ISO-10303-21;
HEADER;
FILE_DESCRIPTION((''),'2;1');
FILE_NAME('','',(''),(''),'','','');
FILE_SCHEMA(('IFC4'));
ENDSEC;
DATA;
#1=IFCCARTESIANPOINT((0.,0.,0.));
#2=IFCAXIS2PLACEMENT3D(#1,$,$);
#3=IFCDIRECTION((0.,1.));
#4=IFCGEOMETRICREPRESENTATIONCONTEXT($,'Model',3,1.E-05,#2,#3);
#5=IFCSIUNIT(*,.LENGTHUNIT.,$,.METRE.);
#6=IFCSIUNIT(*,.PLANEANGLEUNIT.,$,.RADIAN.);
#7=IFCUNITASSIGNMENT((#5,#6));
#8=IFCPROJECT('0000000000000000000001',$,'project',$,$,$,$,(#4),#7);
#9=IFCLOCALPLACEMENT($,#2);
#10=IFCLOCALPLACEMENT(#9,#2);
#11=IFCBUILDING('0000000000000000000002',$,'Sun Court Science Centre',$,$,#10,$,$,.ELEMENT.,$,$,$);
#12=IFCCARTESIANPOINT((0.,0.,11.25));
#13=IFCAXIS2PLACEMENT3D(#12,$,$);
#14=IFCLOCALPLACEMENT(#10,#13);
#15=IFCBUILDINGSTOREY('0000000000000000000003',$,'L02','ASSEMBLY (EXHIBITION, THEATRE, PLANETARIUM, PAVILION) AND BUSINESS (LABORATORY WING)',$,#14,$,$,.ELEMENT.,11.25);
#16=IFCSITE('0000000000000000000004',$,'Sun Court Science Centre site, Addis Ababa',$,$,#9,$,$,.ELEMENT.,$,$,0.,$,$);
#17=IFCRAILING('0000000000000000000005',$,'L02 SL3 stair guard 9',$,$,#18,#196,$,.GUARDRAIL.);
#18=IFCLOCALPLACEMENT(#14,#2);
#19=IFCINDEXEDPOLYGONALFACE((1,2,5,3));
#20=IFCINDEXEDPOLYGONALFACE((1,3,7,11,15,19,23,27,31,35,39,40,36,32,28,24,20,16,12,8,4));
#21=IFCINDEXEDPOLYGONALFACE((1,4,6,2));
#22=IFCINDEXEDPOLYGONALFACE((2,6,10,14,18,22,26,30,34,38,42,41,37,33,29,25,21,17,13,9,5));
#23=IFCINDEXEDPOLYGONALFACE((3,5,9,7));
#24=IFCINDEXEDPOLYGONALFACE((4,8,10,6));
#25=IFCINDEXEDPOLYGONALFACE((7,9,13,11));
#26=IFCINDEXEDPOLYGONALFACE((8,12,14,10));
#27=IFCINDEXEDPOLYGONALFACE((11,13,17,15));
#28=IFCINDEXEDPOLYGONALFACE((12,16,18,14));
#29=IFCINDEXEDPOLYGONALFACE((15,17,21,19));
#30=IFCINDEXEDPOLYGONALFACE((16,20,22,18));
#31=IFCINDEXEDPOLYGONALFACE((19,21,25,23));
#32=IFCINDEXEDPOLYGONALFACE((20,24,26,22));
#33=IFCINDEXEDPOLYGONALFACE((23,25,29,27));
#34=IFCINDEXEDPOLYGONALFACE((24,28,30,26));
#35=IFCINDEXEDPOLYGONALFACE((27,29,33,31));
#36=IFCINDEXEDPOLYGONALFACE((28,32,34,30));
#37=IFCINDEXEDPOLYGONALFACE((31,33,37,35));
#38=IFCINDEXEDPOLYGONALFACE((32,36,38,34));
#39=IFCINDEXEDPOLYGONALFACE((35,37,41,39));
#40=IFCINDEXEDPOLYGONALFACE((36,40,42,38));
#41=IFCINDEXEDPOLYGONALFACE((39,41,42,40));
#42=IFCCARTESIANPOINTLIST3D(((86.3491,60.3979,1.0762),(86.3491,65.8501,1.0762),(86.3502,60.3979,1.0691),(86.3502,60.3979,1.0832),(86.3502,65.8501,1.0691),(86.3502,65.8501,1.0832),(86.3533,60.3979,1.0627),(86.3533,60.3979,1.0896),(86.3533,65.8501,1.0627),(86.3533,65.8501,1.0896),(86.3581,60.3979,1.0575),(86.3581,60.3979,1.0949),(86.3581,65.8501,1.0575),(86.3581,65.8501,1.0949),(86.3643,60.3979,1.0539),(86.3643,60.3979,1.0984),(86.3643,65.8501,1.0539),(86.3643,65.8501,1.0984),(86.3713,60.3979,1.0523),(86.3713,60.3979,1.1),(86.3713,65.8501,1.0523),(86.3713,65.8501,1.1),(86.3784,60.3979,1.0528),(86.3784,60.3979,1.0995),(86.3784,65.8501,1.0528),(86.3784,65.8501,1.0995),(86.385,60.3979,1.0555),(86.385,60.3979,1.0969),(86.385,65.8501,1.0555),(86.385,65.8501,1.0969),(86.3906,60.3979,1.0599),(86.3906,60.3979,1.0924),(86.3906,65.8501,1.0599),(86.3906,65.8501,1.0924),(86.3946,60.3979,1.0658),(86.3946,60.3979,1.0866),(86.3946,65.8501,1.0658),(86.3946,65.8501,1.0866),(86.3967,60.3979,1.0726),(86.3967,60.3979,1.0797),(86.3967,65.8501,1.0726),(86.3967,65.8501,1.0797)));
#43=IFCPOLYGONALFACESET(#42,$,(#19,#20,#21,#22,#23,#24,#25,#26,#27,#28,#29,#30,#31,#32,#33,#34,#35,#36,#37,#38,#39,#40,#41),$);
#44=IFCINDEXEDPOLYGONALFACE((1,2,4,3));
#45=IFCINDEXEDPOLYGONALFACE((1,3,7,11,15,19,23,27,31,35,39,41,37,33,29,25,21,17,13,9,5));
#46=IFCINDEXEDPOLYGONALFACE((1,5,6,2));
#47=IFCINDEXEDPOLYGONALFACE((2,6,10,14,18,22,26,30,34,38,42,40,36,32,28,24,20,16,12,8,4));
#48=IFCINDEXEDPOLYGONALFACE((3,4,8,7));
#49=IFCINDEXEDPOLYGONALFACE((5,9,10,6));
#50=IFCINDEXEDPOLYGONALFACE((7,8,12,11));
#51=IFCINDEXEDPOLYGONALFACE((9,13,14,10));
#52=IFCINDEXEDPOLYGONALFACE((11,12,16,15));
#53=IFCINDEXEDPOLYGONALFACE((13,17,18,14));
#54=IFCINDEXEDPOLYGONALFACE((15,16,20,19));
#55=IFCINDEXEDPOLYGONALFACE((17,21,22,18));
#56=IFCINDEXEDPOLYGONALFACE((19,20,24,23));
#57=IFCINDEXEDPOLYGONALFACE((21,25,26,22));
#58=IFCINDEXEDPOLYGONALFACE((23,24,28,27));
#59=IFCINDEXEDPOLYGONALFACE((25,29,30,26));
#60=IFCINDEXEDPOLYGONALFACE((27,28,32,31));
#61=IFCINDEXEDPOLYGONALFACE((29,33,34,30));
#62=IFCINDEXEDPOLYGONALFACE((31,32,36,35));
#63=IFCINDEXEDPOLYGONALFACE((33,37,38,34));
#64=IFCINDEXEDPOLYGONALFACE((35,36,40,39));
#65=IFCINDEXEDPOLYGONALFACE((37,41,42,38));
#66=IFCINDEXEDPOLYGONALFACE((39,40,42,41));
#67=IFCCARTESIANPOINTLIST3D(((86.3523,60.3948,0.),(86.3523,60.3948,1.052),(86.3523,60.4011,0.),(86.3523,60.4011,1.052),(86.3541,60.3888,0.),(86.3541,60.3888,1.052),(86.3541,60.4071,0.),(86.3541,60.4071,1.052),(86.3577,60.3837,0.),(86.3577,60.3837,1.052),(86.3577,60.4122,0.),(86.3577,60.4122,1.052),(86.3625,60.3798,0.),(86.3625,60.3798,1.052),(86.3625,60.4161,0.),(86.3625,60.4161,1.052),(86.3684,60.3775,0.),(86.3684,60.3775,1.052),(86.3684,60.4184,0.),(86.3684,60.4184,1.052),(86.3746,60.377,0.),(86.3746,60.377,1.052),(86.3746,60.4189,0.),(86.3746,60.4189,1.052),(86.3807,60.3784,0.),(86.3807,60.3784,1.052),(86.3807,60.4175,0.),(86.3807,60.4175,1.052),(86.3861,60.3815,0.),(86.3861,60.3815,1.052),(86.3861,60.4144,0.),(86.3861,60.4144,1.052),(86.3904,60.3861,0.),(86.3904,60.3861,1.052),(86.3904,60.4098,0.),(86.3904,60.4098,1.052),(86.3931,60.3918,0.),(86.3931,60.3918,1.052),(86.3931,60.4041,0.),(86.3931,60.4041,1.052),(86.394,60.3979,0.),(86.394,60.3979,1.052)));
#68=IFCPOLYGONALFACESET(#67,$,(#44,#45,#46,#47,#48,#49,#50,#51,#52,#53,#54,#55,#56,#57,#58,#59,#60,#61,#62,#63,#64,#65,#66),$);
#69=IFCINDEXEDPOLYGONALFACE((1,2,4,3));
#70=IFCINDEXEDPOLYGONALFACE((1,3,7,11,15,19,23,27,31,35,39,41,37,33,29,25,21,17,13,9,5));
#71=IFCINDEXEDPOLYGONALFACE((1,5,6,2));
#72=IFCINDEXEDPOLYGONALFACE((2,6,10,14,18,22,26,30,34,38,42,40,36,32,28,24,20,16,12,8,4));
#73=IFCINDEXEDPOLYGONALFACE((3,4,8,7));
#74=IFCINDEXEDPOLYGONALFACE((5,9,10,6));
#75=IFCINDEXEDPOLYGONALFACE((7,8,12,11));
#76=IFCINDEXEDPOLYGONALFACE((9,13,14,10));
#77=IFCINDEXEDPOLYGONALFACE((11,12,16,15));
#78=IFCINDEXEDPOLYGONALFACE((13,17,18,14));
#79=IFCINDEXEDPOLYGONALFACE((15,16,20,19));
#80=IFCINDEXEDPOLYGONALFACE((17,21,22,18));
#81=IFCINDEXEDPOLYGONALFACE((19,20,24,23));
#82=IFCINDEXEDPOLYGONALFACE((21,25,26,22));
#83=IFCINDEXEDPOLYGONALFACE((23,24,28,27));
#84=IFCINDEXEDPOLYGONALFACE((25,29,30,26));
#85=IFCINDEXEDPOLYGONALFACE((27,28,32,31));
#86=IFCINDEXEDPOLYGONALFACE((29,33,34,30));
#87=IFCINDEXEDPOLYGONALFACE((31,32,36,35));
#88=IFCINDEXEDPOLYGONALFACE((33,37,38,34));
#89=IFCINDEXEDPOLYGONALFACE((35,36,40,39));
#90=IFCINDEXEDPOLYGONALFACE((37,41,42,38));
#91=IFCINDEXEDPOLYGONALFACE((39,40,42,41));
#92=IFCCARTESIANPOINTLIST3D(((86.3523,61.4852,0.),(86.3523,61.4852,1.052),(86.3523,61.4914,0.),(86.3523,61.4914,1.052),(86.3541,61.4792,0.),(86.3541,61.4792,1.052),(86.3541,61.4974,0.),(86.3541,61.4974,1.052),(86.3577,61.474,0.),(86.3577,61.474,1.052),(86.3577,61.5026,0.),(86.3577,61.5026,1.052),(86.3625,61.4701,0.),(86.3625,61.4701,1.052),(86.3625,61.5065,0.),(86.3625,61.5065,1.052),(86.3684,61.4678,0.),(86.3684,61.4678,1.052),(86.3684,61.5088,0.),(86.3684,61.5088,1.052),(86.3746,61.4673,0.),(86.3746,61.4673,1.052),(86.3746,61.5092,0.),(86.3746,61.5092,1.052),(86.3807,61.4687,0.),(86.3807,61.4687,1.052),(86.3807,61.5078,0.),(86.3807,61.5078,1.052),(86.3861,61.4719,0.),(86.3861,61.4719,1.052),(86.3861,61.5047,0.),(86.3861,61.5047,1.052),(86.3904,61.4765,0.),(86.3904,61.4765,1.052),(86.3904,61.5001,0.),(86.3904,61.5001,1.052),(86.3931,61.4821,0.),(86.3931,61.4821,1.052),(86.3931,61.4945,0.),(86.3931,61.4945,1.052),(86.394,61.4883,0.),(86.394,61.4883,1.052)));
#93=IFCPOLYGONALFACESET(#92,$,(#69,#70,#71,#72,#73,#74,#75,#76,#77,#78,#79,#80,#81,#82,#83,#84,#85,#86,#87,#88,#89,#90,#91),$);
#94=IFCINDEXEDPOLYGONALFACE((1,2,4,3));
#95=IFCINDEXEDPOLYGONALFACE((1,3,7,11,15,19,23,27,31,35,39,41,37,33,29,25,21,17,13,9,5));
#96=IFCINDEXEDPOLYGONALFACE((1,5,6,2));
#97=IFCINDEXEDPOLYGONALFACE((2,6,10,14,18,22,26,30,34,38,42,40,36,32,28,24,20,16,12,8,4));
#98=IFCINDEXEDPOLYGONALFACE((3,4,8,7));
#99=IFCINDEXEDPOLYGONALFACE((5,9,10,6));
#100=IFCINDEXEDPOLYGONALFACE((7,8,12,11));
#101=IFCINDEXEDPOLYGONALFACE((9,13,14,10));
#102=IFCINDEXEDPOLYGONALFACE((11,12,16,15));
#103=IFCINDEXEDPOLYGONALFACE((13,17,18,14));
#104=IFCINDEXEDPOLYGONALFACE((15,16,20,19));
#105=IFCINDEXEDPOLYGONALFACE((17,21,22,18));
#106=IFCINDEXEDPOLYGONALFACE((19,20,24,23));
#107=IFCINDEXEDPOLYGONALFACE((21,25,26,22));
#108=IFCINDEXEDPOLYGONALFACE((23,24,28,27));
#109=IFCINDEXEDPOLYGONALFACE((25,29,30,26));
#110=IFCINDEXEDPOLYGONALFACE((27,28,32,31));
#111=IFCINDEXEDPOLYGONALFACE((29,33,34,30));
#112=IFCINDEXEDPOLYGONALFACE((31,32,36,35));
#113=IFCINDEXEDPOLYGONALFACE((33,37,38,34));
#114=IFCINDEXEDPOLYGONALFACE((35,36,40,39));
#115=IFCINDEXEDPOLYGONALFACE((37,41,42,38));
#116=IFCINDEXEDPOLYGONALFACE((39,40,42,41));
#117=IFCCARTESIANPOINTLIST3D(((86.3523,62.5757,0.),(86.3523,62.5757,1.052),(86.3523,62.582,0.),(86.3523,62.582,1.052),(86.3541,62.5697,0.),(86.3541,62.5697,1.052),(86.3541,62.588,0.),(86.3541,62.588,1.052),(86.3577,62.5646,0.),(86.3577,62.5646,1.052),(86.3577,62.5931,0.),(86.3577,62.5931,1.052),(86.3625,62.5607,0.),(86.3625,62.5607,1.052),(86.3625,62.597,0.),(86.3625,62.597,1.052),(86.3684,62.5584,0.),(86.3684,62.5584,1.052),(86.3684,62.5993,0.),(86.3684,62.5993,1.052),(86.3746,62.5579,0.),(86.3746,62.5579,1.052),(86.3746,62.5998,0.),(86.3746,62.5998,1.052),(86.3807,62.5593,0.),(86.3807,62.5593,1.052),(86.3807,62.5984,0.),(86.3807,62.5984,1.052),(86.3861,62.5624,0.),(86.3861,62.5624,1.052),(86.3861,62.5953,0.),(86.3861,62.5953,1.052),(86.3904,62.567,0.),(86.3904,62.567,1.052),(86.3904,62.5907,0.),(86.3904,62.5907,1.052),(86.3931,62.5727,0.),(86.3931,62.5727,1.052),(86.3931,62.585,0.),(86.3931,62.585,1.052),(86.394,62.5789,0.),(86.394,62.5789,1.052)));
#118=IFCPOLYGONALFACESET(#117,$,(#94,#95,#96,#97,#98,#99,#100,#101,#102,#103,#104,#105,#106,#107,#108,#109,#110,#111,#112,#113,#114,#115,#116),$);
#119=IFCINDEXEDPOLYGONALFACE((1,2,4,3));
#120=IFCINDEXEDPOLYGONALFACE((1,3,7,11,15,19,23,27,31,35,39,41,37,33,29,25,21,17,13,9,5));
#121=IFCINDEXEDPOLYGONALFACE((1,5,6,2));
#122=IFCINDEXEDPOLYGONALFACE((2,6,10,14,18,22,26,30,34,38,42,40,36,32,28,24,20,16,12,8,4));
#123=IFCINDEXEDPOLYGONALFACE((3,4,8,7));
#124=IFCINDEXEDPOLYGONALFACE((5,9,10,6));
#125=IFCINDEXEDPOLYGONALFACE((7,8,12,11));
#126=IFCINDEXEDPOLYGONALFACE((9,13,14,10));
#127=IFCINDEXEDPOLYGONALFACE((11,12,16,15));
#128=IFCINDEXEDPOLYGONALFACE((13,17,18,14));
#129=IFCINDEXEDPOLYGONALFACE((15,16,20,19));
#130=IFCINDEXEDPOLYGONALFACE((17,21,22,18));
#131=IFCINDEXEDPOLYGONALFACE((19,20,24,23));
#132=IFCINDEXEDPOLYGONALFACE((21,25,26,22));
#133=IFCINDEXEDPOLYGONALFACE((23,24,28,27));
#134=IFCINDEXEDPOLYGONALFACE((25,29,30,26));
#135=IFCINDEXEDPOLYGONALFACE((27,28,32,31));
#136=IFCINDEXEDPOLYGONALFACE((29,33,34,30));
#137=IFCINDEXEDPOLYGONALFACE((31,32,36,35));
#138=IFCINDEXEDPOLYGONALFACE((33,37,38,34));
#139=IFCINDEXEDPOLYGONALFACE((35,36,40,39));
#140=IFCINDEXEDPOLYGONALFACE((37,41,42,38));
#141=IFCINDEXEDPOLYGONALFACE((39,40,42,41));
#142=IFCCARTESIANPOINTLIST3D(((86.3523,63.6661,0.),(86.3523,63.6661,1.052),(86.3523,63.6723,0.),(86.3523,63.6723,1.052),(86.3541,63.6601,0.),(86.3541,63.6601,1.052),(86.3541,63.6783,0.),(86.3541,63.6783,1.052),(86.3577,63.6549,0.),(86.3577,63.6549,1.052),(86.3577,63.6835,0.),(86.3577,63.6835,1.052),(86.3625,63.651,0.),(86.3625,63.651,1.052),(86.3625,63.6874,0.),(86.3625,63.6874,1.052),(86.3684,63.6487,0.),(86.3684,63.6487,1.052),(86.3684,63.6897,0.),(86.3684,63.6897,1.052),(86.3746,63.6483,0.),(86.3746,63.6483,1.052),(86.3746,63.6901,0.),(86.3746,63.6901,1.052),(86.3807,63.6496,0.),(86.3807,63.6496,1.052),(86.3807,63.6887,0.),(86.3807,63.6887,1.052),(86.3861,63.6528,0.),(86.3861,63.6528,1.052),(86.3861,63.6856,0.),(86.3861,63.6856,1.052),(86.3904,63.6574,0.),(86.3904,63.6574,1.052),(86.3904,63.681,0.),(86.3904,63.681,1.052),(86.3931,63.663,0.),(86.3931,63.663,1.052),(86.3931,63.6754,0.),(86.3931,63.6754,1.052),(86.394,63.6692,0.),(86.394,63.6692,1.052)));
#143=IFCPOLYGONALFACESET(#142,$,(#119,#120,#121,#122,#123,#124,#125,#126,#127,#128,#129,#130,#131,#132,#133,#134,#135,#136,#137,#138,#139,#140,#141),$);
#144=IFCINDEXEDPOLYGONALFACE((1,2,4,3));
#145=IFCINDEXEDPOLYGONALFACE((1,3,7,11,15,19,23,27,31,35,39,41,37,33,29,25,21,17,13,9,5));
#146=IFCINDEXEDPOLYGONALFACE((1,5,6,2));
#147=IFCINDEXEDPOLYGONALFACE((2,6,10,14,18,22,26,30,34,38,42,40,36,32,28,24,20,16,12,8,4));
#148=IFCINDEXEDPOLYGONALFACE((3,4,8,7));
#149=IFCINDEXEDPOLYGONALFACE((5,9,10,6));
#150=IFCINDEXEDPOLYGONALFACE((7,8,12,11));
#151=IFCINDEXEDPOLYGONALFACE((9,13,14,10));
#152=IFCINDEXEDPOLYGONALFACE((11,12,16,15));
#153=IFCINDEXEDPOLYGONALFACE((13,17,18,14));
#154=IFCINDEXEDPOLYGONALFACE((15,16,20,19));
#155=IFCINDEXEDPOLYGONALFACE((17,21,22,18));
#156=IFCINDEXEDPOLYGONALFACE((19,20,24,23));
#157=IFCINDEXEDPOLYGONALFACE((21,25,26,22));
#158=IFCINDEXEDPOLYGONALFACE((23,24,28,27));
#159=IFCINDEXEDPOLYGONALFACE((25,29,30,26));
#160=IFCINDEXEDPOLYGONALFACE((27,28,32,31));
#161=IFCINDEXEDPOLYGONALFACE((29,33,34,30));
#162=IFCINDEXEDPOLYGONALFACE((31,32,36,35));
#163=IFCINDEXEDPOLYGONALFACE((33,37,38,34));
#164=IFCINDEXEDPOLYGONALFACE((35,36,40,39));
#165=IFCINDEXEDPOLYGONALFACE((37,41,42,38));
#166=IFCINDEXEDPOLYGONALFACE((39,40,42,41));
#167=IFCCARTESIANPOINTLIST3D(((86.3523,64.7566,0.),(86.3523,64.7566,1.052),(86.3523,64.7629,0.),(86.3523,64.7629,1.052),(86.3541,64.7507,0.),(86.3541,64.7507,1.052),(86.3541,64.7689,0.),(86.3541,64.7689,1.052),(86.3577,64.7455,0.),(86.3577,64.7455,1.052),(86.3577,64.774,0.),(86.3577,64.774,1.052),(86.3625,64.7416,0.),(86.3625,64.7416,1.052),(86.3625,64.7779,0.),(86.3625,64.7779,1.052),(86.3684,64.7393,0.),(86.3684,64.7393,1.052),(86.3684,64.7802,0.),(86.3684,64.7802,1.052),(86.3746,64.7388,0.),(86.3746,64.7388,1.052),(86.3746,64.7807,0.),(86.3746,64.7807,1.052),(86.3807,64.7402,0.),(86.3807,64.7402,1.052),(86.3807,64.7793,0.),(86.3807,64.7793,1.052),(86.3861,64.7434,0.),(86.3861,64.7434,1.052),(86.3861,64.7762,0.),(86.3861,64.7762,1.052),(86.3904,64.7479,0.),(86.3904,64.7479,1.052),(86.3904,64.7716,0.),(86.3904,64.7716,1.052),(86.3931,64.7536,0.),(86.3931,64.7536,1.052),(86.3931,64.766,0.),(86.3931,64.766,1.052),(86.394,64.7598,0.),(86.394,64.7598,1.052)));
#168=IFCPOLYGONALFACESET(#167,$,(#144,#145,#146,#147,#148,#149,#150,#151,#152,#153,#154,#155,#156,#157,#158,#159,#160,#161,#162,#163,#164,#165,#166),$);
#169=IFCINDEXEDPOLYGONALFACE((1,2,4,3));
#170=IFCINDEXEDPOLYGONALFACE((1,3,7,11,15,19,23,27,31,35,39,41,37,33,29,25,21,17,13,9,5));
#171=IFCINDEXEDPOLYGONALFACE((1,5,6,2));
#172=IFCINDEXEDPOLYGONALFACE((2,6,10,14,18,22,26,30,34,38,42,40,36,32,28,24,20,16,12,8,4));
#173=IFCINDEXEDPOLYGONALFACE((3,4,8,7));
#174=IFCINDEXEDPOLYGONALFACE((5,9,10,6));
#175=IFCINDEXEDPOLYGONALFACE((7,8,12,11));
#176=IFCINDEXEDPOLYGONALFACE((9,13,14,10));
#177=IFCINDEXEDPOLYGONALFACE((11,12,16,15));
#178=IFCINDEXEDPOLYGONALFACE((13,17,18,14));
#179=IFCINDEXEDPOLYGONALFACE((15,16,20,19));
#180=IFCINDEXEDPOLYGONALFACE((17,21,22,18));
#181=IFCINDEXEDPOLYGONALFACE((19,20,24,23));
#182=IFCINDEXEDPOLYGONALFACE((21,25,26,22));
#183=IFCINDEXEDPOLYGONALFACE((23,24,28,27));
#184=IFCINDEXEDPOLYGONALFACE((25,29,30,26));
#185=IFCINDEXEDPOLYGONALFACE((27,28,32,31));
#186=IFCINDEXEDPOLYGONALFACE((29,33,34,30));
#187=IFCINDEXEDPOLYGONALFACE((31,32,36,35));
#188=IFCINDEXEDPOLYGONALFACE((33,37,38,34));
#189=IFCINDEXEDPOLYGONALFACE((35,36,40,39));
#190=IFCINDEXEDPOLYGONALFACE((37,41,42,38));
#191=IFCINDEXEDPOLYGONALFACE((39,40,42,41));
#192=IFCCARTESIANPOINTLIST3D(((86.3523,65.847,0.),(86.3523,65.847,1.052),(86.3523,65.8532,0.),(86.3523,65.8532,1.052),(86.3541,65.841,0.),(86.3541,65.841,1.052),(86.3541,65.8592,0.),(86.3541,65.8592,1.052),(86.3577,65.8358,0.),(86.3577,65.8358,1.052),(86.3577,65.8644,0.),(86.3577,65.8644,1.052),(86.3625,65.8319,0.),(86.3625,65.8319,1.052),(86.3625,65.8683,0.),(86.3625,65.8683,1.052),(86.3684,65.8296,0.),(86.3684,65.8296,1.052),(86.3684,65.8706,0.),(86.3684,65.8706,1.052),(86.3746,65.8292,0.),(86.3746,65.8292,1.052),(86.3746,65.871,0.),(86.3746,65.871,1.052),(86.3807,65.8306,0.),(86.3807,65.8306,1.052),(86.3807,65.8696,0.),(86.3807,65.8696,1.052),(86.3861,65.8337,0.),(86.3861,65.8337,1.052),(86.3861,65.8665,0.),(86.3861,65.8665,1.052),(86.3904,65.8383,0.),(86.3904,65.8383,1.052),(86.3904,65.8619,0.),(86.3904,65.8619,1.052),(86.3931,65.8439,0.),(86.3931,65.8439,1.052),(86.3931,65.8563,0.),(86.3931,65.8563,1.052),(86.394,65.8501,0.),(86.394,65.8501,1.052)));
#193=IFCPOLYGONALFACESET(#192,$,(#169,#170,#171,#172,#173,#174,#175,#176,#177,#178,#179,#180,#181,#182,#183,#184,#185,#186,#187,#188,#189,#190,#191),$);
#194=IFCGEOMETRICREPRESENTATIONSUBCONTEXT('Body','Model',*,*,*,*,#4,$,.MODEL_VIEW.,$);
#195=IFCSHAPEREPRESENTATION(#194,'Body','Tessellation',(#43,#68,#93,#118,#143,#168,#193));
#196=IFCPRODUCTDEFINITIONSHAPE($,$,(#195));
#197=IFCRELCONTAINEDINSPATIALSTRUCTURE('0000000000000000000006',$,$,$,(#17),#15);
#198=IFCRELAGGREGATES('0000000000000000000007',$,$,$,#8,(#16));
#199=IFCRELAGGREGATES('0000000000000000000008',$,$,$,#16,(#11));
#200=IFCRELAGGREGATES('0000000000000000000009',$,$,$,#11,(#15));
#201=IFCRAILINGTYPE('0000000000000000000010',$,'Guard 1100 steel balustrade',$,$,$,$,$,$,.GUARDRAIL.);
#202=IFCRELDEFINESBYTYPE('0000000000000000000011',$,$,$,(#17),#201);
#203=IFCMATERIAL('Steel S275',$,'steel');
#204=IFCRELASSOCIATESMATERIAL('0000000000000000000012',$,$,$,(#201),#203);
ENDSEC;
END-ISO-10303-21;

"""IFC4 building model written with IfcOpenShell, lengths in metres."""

from ifc_helpers import new_model, si_unit, direction, frame, origin, origin_2d, place, context, subcontext, project, spatial, circle, extrude, material, type_object, element, save


model = new_model("IFC4")

# Units and contexts
model_context = context("Model", 3, precision=1e-05, world=origin(), true_north=direction((0.0, 1.0)))
body_context = subcontext(model_context, "Body", "Model", "MODEL_VIEW")
ifc_project = project(units=[si_unit("LENGTHUNIT", "METRE"), si_unit("PLANEANGLEUNIT", "RADIAN")], contexts=[model_context])

# Site, building, storey
site_placement = place(None, origin())
site = spatial("IfcSite", under=ifc_project, at=site_placement, Name="Sun Court Science Centre site, Addis Ababa", CompositionType="ELEMENT", RefElevation=0.0)
building_placement = place(site_placement, origin())
building = spatial("IfcBuilding", under=site, at=building_placement, Name="Sun Court Science Centre", CompositionType="ELEMENT")
storey_placement = place(building_placement, frame((0.0, 0.0, 11.25)))
storey = spatial("IfcBuildingStorey", under=building, at=storey_placement, Name="L02", Description="ASSEMBLY (EXHIBITION, THEATRE, PLANETARIUM, PAVILION) AND BUSINESS (LABORATORY WING)", CompositionType="ELEMENT", Elevation=11.25)

# Railing
ifc_material_1 = material(Name="Steel S275", Category="steel")
railing_type_1 = type_object("IfcRailingType", Name="Guard 1100 steel balustrade", PredefinedType="GUARDRAIL", material=ifc_material_1)
for number, where, name in (
    (1, (86.373, 60.3979, 0.0), "L02 SL3 stair guard 9"),
):
    element("IfcRailing", number, at=place(storey_placement, frame(where)), inside=storey, type_object=railing_type_1, Name=name, PredefinedType="GUARDRAIL", context=body_context, shape_type="SweptSolid", body=[
        extrude(circle(Radius=0.0239, at=origin_2d()), frame((0.0, 0.0, 1.0762), z_axis=(0.0, 1.0, 0.0), x_axis=(-1.0, 0.0, 0.0)), (0.0, 0.0, 1.0), 5.4521),
        extrude(circle(Radius=0.021, at=origin_2d()), origin(), (0.0, 0.0, 1.0), 1.052),
        extrude(circle(Radius=0.021, at=origin_2d()), frame((0.0, 1.0903, 0.0)), (0.0, 0.0, 1.0), 1.052),
        extrude(circle(Radius=0.021, at=origin_2d()), frame((0.0, 2.1809, 0.0)), (0.0, 0.0, 1.0), 1.052),
        extrude(circle(Radius=0.021, at=origin_2d()), frame((0.0, 3.2712, 0.0)), (0.0, 0.0, 1.0), 1.052),
        extrude(circle(Radius=0.021, at=origin_2d()), frame((0.0, 4.3618, 0.0)), (0.0, 0.0, 1.0), 1.052),
        extrude(circle(Radius=0.021, at=origin_2d()), frame((0.0, 5.4521, 0.0)), (0.0, 0.0, 1.0), 1.052),
    ])

save(model, "model.ifc")
